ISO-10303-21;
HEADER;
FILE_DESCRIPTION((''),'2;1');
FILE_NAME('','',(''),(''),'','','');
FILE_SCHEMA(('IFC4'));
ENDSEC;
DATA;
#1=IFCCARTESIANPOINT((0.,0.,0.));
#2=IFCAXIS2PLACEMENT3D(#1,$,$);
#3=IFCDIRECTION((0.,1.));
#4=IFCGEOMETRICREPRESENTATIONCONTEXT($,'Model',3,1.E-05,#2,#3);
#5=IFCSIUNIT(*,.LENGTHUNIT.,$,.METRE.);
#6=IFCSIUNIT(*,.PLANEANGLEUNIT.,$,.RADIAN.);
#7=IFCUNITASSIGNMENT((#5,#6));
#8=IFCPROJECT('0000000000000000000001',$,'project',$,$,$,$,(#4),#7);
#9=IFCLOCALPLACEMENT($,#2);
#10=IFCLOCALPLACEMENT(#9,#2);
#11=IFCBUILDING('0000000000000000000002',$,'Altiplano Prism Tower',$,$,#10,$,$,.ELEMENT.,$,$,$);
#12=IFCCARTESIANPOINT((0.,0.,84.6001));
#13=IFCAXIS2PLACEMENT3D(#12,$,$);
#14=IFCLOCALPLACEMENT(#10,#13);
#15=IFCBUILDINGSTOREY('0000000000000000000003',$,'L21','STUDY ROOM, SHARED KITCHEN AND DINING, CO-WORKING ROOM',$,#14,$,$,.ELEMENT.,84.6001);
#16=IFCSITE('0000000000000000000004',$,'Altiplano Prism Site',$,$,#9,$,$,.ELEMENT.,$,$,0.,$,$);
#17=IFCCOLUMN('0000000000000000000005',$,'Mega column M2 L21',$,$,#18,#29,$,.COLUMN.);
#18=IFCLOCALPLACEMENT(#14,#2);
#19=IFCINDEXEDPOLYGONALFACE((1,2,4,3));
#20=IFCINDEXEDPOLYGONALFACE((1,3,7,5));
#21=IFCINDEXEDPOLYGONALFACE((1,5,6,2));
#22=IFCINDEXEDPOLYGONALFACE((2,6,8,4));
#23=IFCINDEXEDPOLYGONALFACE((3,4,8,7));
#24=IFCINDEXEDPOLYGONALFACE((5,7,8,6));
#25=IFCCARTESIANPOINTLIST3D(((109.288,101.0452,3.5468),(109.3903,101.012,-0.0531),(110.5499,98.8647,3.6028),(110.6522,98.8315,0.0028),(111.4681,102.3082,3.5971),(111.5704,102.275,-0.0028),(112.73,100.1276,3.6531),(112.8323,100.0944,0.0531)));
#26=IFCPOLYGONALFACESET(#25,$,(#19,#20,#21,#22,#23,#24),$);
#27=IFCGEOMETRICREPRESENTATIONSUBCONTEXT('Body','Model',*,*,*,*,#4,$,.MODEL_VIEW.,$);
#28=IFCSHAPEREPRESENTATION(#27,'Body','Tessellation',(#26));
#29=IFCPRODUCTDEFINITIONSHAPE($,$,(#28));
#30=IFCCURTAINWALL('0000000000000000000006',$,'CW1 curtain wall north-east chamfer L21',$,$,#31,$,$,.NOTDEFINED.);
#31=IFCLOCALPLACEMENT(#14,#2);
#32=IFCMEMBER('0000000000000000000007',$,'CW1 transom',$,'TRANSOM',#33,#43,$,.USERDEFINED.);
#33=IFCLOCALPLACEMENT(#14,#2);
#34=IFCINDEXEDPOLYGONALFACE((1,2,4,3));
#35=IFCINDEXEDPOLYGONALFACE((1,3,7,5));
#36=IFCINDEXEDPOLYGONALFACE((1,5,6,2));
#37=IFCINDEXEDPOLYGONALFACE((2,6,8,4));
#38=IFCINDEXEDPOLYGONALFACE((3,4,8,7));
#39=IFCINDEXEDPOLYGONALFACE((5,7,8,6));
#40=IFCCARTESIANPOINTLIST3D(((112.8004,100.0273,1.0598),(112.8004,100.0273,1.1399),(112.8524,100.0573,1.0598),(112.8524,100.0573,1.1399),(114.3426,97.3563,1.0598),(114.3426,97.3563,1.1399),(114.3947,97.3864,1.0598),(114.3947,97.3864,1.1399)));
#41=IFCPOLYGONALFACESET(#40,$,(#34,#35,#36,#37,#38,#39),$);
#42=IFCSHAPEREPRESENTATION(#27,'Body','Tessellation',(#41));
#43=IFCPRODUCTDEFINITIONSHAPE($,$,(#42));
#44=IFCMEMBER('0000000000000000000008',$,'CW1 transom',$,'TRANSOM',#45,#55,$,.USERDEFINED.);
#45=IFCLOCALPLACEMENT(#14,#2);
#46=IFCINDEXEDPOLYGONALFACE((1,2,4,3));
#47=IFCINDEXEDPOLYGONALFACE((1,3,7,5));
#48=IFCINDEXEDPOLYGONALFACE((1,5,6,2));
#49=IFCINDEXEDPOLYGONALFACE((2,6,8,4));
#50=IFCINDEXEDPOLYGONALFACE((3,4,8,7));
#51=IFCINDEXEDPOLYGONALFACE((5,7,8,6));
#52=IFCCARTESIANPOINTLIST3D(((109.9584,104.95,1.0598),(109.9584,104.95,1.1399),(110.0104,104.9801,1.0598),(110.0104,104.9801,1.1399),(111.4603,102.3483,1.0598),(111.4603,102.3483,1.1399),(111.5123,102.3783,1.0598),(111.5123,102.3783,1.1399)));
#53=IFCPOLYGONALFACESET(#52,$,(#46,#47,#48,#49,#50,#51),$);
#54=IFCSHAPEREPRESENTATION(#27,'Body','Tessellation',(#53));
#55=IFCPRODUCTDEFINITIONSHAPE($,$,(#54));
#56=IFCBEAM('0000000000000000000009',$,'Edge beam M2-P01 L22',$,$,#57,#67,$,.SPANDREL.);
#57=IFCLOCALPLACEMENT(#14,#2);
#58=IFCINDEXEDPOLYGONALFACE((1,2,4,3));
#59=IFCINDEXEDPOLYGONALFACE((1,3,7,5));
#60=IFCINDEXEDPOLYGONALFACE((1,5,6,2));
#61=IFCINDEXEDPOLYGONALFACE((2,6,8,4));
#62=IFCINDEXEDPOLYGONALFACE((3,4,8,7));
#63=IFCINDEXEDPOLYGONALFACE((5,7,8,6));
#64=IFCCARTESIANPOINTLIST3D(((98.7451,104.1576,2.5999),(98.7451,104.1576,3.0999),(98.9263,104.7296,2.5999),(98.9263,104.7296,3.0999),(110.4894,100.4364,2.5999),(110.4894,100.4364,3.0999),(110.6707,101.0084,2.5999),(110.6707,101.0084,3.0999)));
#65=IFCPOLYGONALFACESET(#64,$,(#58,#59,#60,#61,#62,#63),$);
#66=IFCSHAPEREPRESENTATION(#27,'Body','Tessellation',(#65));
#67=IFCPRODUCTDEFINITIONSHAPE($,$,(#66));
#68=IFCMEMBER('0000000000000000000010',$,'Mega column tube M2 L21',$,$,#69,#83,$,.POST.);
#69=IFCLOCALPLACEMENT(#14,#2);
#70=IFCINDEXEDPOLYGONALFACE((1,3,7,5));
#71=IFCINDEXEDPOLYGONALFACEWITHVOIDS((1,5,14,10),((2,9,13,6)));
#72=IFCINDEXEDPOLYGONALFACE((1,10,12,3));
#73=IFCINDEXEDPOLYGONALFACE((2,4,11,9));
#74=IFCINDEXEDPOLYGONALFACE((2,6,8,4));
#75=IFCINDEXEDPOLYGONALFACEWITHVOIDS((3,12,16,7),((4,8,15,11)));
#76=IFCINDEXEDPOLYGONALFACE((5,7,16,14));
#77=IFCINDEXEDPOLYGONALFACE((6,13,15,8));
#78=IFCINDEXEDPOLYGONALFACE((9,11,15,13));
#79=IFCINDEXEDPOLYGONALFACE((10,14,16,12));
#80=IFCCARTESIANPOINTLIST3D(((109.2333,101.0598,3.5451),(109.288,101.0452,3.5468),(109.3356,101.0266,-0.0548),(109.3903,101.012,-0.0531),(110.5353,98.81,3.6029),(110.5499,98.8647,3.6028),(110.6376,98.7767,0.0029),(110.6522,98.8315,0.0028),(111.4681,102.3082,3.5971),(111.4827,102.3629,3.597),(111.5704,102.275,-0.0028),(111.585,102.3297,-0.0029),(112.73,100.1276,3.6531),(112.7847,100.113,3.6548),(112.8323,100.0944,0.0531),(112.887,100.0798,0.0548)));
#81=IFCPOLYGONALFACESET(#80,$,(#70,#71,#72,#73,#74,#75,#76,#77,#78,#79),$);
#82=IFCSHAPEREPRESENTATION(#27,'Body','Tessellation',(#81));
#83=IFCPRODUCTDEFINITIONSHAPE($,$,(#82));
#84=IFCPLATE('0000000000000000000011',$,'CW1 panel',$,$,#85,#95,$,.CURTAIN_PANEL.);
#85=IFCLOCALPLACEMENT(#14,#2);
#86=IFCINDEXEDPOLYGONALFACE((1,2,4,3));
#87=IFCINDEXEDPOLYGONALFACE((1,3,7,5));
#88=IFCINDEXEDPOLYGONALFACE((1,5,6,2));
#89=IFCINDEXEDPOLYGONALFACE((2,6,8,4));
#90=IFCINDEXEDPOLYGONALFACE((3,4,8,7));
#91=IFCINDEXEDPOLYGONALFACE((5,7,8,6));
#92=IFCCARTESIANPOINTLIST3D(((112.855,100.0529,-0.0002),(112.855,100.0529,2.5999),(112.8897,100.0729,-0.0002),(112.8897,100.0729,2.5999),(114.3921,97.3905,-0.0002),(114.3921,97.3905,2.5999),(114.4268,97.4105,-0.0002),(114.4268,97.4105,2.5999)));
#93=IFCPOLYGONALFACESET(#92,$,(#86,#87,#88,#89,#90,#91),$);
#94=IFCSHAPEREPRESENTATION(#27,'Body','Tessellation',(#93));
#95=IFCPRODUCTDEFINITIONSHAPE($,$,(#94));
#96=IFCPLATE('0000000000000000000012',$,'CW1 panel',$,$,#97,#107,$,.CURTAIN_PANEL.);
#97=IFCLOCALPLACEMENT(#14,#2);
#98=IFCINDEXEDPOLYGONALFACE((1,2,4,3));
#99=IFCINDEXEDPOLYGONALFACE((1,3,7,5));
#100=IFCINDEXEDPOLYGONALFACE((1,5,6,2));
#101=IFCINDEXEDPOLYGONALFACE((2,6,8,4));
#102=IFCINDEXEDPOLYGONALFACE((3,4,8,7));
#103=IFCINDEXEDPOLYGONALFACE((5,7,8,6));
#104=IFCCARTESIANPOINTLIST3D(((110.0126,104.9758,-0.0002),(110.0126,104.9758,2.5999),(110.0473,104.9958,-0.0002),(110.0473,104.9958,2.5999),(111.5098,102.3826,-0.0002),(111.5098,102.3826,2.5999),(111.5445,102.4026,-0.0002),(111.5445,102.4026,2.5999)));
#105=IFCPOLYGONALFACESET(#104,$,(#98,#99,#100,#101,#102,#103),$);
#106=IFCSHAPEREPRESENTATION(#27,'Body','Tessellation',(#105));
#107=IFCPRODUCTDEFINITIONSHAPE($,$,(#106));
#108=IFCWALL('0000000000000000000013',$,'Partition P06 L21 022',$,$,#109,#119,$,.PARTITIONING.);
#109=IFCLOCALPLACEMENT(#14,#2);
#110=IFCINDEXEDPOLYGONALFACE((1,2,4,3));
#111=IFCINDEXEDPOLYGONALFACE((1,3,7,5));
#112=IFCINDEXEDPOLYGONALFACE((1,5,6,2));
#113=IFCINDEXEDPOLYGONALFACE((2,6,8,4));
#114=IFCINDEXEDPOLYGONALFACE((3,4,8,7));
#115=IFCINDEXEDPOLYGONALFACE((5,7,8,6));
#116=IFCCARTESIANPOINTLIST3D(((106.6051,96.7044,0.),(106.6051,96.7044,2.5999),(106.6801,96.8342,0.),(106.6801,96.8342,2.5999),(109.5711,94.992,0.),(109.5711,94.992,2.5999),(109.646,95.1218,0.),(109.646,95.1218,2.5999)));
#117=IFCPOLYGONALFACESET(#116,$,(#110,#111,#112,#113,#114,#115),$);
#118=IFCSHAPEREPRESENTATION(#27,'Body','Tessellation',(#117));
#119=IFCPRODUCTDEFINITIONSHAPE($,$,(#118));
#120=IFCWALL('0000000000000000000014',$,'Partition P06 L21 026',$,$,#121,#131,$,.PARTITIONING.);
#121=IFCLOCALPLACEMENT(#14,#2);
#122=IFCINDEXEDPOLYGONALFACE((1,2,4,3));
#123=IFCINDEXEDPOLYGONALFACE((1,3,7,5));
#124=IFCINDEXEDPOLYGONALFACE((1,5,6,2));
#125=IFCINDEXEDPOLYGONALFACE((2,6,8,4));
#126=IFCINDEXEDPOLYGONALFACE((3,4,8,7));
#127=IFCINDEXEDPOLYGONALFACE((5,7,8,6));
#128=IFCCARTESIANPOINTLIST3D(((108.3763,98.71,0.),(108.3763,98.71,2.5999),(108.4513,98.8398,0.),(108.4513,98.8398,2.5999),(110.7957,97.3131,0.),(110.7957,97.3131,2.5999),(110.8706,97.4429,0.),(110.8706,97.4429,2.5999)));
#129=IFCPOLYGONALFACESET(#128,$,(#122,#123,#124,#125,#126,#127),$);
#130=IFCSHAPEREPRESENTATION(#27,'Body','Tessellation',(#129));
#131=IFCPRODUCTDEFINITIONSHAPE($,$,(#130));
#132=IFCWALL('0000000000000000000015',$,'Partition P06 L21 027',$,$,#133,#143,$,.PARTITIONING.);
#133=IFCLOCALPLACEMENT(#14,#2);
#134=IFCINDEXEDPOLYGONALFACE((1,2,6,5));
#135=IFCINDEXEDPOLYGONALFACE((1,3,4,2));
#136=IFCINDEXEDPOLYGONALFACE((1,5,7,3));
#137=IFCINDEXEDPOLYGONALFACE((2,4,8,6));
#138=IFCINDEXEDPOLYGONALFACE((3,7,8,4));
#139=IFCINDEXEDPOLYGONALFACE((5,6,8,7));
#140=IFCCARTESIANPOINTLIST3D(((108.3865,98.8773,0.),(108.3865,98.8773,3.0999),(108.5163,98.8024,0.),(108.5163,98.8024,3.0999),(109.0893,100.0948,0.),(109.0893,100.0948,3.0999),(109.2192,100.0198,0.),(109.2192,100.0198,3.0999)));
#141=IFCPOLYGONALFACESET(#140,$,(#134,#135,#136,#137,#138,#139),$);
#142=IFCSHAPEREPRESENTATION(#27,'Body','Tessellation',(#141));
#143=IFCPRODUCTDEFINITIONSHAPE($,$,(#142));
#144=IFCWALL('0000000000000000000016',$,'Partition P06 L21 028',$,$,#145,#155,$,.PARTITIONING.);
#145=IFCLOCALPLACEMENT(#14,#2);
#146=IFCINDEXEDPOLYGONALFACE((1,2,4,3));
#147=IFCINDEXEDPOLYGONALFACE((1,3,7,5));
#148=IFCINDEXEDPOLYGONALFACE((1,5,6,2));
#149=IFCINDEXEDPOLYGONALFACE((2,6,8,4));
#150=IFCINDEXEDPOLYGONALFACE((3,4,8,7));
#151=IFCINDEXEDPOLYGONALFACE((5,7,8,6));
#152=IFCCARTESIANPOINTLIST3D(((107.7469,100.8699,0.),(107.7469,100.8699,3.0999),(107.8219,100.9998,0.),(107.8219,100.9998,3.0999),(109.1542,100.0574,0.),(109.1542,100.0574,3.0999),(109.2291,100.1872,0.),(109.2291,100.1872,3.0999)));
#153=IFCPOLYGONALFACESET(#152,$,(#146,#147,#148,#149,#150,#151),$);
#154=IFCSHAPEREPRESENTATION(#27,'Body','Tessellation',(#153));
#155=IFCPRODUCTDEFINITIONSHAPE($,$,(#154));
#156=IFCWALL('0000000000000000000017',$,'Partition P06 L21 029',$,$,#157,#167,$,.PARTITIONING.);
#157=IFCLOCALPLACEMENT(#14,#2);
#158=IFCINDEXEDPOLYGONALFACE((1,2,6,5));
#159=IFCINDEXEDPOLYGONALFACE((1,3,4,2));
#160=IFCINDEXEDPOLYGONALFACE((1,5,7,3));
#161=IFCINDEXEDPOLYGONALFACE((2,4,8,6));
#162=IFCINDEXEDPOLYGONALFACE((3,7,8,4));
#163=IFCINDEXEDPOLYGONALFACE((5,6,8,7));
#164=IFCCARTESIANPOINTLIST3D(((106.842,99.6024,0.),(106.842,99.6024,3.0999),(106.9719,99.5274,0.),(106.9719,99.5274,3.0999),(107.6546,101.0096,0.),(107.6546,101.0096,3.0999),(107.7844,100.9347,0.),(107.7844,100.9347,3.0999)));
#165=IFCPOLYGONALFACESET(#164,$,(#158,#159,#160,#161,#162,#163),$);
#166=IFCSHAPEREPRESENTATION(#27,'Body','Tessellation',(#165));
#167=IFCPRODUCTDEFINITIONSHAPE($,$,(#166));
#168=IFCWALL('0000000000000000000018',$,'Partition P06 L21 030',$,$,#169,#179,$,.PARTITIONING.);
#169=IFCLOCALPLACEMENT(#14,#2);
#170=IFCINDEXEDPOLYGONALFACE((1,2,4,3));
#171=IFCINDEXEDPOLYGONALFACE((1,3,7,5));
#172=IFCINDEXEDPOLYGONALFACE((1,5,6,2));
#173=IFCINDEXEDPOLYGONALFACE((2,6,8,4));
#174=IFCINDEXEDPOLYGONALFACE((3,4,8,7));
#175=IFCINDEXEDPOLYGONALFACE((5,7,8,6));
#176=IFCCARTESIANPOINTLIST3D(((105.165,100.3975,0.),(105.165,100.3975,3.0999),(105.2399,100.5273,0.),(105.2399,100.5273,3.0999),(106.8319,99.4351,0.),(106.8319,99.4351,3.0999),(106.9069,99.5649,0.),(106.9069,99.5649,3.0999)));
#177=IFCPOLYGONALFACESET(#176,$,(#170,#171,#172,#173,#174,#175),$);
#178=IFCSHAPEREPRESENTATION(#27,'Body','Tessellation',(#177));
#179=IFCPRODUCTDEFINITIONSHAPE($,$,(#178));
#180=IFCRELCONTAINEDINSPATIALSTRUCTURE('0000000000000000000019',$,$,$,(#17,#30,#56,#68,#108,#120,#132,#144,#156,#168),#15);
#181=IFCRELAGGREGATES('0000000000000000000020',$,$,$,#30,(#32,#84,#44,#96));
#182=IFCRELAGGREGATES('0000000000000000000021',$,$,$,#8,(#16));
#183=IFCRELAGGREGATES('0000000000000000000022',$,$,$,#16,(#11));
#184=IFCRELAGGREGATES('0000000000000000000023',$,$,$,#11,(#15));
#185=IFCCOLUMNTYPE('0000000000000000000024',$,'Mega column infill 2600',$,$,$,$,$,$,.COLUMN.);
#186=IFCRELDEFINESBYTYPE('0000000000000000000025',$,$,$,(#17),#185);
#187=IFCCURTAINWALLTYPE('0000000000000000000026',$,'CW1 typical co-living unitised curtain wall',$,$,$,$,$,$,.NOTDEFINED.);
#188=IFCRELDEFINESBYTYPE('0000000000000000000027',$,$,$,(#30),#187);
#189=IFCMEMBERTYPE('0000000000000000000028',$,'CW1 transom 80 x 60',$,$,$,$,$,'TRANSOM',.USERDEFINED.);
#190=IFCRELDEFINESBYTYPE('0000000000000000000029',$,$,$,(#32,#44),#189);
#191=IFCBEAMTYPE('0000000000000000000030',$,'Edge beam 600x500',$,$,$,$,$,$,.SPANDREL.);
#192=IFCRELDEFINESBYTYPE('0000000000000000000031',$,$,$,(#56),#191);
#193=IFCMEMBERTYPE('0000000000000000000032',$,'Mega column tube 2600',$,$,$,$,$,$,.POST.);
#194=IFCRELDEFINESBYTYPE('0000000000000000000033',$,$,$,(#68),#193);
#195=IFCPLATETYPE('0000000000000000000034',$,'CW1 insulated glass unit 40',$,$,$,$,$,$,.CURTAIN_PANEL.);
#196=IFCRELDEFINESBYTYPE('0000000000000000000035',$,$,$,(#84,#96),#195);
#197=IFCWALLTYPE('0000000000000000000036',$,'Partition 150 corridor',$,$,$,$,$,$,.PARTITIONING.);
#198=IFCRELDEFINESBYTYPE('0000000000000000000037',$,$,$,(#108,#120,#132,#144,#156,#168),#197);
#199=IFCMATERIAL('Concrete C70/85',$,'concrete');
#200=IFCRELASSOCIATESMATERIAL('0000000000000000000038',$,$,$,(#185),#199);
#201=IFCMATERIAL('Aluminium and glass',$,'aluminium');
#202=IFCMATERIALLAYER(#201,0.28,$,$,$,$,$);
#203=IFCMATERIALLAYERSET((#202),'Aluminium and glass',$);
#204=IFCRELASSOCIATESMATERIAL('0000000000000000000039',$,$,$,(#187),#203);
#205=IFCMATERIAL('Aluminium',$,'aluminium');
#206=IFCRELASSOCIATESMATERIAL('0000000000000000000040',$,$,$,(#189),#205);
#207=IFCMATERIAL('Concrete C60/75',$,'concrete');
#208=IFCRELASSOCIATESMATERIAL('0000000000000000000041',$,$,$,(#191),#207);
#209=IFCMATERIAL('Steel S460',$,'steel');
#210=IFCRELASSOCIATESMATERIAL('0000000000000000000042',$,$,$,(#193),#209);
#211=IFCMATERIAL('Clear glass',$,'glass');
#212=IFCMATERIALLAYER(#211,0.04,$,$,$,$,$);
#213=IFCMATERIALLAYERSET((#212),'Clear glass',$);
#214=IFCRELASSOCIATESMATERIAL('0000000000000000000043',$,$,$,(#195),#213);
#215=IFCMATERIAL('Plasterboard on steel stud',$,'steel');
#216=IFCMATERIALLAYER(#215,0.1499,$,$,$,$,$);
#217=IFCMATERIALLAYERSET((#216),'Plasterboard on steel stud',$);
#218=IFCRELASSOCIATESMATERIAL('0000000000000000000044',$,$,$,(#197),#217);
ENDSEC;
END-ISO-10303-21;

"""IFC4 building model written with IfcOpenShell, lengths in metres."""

from ifc_helpers import new_model, si_unit, direction, frame, frame_2d, origin, origin_2d, place, context, subcontext, project, spatial, rectangle, hollow_rectangle, extrude, material, layer, layer_set, material_profile, profile_set, type_object, element, aggregate, save


model = new_model("IFC4")

# Units and contexts
model_context = context("Model", 3, precision=1e-05, world=origin(), true_north=direction((0.0, 1.0)))
body_context = subcontext(model_context, "Body", "Model", "MODEL_VIEW")
ifc_project = project(units=[si_unit("LENGTHUNIT", "METRE"), si_unit("PLANEANGLEUNIT", "RADIAN")], contexts=[model_context])

# Site, building, storey
site_placement = place(None, origin())
site = spatial("IfcSite", under=ifc_project, at=site_placement, Name="Altiplano Prism Site", CompositionType="ELEMENT", RefElevation=0.0)
building_placement = place(site_placement, origin())
building = spatial("IfcBuilding", under=site, at=building_placement, Name="Altiplano Prism Tower", CompositionType="ELEMENT")
storey_placement = place(building_placement, frame((0.0, 0.0, 84.6001)))
storey = spatial("IfcBuildingStorey", under=building, at=storey_placement, Name="L21", Description="STUDY ROOM, SHARED KITCHEN AND DINING, CO-WORKING ROOM", CompositionType="ELEMENT", Elevation=84.6001)

# Column
ifc_material_1 = material(Name="Concrete C70/85", Category="concrete")
ifc_material_profile_1 = material_profile(ifc_material_1, rectangle(XDim=2.52, YDim=2.52, at=origin_2d()), Name="Mega column infill 2600")
ifc_profile_set_1 = profile_set([ifc_material_profile_1], Name="Concrete C70/85")
column_type = type_object("IfcColumnType", Name="Mega column infill 2600", PredefinedType="COLUMN", material=ifc_profile_set_1)
column_placement = place(storey_placement, frame((111.1113, 100.5532, 0.0), z_axis=(-0.028404, 0.009219, 0.999554), x_axis=(0.500755, -0.865304, 0.022211)))
element("IfcColumn", 1, at=column_placement, inside=storey, type_object=column_type, Name="Mega column M2 L21", PredefinedType="COLUMN", context=body_context, shape_type="SweptSolid", body=[
    extrude(rectangle(XDim=2.52, YDim=2.52, at=origin_2d()), origin(), (0.0, 0.0, 1.0), 3.6016),
])

# Curtain wall, members
ifc_material_2 = material(Name="Aluminium and glass", Category="aluminium")
ifc_layer_1 = layer(ifc_material_2, 0.28)
ifc_layer_set_1 = layer_set([ifc_layer_1], Name="Aluminium and glass")
curtain_wall_type = type_object("IfcCurtainWallType", Name="CW1 typical co-living unitised curtain wall", PredefinedType="NOTDEFINED", material=ifc_layer_set_1)
curtain_wall_placement = place(storey_placement, origin())
curtain_wall = element("IfcCurtainWall", 2, at=curtain_wall_placement, inside=storey, type_object=curtain_wall_type, Name="CW1 curtain wall north-east chamfer L21", PredefinedType="NOTDEFINED")
ifc_material_3 = material(Name="Aluminium", Category="aluminium")
ifc_material_profile_2 = material_profile(ifc_material_3, rectangle(XDim=0.0601, YDim=0.0801, at=origin_2d()), Name="CW1 transom 80 x 60")
ifc_profile_set_2 = profile_set([ifc_material_profile_2], Name="Aluminium")
member_type_1 = type_object("IfcMemberType", Name="CW1 transom 80 x 60", ElementType="TRANSOM", PredefinedType="USERDEFINED", material=ifc_profile_set_2)
member_1_placement = place(storey_placement, frame((114.3687, 97.3713, 1.0999), z_axis=(-0.500047, 0.865998, 0.0), x_axis=(-0.865998, -0.500047, 0.0)))
member_1 = element("IfcMember", 3, at=member_1_placement, type_object=member_type_1, Name="CW1 transom", ObjectType="TRANSOM", PredefinedType="USERDEFINED", context=body_context, shape_type="SweptSolid", body=[
    extrude(rectangle(XDim=0.0601, YDim=0.0801, at=origin_2d()), origin(), (0.0, 0.0, 1.0), 3.0842),
])
member_2_placement = place(storey_placement, frame((111.4863, 102.3633, 1.0999), z_axis=(-0.49995, 0.866054, 0.0), x_axis=(-0.866054, -0.49995, 0.0)))
member_2 = element("IfcMember", 4, at=member_2_placement, type_object=member_type_1, Name="CW1 transom", ObjectType="TRANSOM", PredefinedType="USERDEFINED", context=body_context, shape_type="SweptSolid", body=[
    extrude(rectangle(XDim=0.0601, YDim=0.0801, at=origin_2d()), origin(), (0.0, 0.0, 1.0), 3.0042),
])

# Beam
ifc_material_4 = material(Name="Concrete C60/75", Category="concrete")
ifc_material_profile_3 = material_profile(ifc_material_4, rectangle(XDim=0.6001, YDim=0.5, at=origin_2d()), Name="Edge beam 600x500")
ifc_profile_set_3 = profile_set([ifc_material_profile_3], Name="Concrete C60/75")
beam_type = type_object("IfcBeamType", Name="Edge beam 600x500", PredefinedType="SPANDREL", material=ifc_profile_set_3)
beam_placement = place(storey_placement, frame((110.5801, 100.7224, 2.8499), z_axis=(-0.953292, 0.302049, 0.0), x_axis=(-0.302049, -0.953292, 0.0)))
element("IfcBeam", 5, at=beam_placement, inside=storey, type_object=beam_type, Name="Edge beam M2-P01 L22", PredefinedType="SPANDREL", context=body_context, shape_type="SweptSolid", body=[
    extrude(rectangle(XDim=0.6001, YDim=0.5, at=origin_2d()), origin(), (0.0, 0.0, 1.0), 12.3198),
])

# Member
ifc_material_5 = material(Name="Steel S460", Category="steel")
ifc_material_profile_4 = material_profile(ifc_material_5, hollow_rectangle(XDim=2.6001, YDim=2.6001, WallThickness=0.04, at=origin_2d()), Name="Mega column tube 2600")
ifc_profile_set_4 = profile_set([ifc_material_profile_4], Name="Steel S460")
member_type_2 = type_object("IfcMemberType", Name="Mega column tube 2600", PredefinedType="POST", material=ifc_profile_set_4)
member_3_placement = place(storey_placement, frame((111.1113, 100.5532, 0.0), z_axis=(-0.028404, 0.009219, 0.999554), x_axis=(0.500755, -0.865304, 0.022211)))
element("IfcMember", 6, at=member_3_placement, inside=storey, type_object=member_type_2, Name="Mega column tube M2 L21", PredefinedType="POST", context=body_context, shape_type="SweptSolid", body=[
    extrude(hollow_rectangle(XDim=2.6001, YDim=2.6001, WallThickness=0.04, at=origin_2d()), origin(), (0.0, 0.0, 1.0), 3.6016),
])

# Plates
ifc_material_6 = material(Name="Clear glass", Category="glass")
ifc_layer_2 = layer(ifc_material_6, 0.04)
ifc_layer_set_2 = layer_set([ifc_layer_2], Name="Clear glass")
plate_type = type_object("IfcPlateType", Name="CW1 insulated glass unit 40", PredefinedType="CURTAIN_PANEL", material=ifc_layer_set_2)
plate_1_placement = place(storey_placement, frame((113.6409, 98.7317, -0.0002), z_axis=(0.0, 0.0, 1.0), x_axis=(-0.5, 0.866025, 0.0)))
plate_1 = element("IfcPlate", 7, at=plate_1_placement, type_object=plate_type, Name="CW1 panel", PredefinedType="CURTAIN_PANEL", context=body_context, shape_type="SweptSolid", body=[
    extrude(rectangle(XDim=3.0742, YDim=0.04, at=origin_2d()), origin(), (0.0, 0.0, 1.0), 2.6001),
])
plate_2_placement = place(storey_placement, frame((110.7786, 103.6892, -0.0002), z_axis=(0.0, 0.0, 1.0), x_axis=(-0.5, 0.866025, 0.0)))
plate_2 = element("IfcPlate", 8, at=plate_2_placement, type_object=plate_type, Name="CW1 panel", PredefinedType="CURTAIN_PANEL", context=body_context, shape_type="SweptSolid", body=[
    extrude(rectangle(XDim=2.9944, YDim=0.04, at=origin_2d()), origin(), (0.0, 0.0, 1.0), 2.6001),
])
aggregate(curtain_wall, [member_1, plate_1, member_2, plate_2])

# Walls
ifc_material_7 = material(Name="Plasterboard on steel stud", Category="steel")
ifc_layer_3 = layer(ifc_material_7, 0.1499)
ifc_layer_set_3 = layer_set([ifc_layer_3], Name="Plasterboard on steel stud")
wall_type_1 = type_object("IfcWallType", Name="Partition 150 corridor", PredefinedType="PARTITIONING", material=ifc_layer_set_3)
wall_1_placement = place(storey_placement, frame((106.6426, 96.7693, 0.0), z_axis=(0.0, 0.0, 1.0), x_axis=(0.866032, -0.499988, 0.0)))
element("IfcWall", 9, at=wall_1_placement, inside=storey, type_object=wall_type_1, Name="Partition P06 L21 022", PredefinedType="PARTITIONING", context=body_context, shape_type="SweptSolid", body=[
    extrude(rectangle(XDim=3.4248, YDim=0.1499, at=frame_2d((1.7124, 0.0))), origin(), (0.0, 0.0, 1.0), 2.5999),
])
wall_2_placement = place(storey_placement, frame((110.8333, 97.3779, 0.0), z_axis=(0.0, 0.0, 1.0), x_axis=(-0.866008, 0.50003, 0.0)))
element("IfcWall", 10, at=wall_2_placement, inside=storey, type_object=wall_type_1, Name="Partition P06 L21 026", PredefinedType="PARTITIONING", context=body_context, shape_type="SweptSolid", body=[
    extrude(rectangle(XDim=2.7937, YDim=0.1499, at=frame_2d((1.397, 0.0))), origin(), (0.0, 0.0, 1.0), 2.5999),
])
wall_3_placement = place(storey_placement, frame((108.4514, 98.8398, 0.0), z_axis=(0.0, 0.0, 1.0), x_axis=(0.499968, 0.866044, 0.0)))
element("IfcWall", 11, at=wall_3_placement, inside=storey, type_object=wall_type_1, Name="Partition P06 L21 027", PredefinedType="PARTITIONING", context=body_context, shape_type="SweptSolid", body=[
    extrude(rectangle(XDim=1.4058, YDim=0.1499, at=frame_2d((0.7029, 0.0))), origin(), (0.0, 0.0, 1.0), 3.0999),
])
for number, where, z_axis, x_axis, name in (
    (12, (109.1917, 100.1223, 0.0), (0.0, 0.0, 1.0), (-0.866015, 0.500017, 0.0), "Partition P06 L21 028"),
    (13, (107.7195, 100.9722, 0.0), (0.0, 0.0, 1.0), (-0.500017, -0.866015, 0.0), "Partition P06 L21 029"),
):
    element("IfcWall", number, at=place(storey_placement, frame(where, z_axis=z_axis, x_axis=x_axis)), inside=storey, type_object=wall_type_1, Name=name, PredefinedType="PARTITIONING", context=body_context, shape_type="SweptSolid", body=[
        extrude(rectangle(XDim=1.625, YDim=0.1499, at=frame_2d((0.8125, 0.0))), origin(), (0.0, 0.0, 1.0), 3.0999),
    ])
wall_4_placement = place(storey_placement, frame((106.8694, 99.5, 0.0), z_axis=(0.0, 0.0, 1.0), x_axis=(-0.866034, 0.499986, 0.0)))
element("IfcWall", 14, at=wall_4_placement, inside=storey, type_object=wall_type_1, Name="Partition P06 L21 030", PredefinedType="PARTITIONING", context=body_context, shape_type="SweptSolid", body=[
    extrude(rectangle(XDim=1.9248, YDim=0.1499, at=frame_2d((0.9624, 0.0))), origin(), (0.0, 0.0, 1.0), 3.0999),
])

save(model, "model.ifc")
